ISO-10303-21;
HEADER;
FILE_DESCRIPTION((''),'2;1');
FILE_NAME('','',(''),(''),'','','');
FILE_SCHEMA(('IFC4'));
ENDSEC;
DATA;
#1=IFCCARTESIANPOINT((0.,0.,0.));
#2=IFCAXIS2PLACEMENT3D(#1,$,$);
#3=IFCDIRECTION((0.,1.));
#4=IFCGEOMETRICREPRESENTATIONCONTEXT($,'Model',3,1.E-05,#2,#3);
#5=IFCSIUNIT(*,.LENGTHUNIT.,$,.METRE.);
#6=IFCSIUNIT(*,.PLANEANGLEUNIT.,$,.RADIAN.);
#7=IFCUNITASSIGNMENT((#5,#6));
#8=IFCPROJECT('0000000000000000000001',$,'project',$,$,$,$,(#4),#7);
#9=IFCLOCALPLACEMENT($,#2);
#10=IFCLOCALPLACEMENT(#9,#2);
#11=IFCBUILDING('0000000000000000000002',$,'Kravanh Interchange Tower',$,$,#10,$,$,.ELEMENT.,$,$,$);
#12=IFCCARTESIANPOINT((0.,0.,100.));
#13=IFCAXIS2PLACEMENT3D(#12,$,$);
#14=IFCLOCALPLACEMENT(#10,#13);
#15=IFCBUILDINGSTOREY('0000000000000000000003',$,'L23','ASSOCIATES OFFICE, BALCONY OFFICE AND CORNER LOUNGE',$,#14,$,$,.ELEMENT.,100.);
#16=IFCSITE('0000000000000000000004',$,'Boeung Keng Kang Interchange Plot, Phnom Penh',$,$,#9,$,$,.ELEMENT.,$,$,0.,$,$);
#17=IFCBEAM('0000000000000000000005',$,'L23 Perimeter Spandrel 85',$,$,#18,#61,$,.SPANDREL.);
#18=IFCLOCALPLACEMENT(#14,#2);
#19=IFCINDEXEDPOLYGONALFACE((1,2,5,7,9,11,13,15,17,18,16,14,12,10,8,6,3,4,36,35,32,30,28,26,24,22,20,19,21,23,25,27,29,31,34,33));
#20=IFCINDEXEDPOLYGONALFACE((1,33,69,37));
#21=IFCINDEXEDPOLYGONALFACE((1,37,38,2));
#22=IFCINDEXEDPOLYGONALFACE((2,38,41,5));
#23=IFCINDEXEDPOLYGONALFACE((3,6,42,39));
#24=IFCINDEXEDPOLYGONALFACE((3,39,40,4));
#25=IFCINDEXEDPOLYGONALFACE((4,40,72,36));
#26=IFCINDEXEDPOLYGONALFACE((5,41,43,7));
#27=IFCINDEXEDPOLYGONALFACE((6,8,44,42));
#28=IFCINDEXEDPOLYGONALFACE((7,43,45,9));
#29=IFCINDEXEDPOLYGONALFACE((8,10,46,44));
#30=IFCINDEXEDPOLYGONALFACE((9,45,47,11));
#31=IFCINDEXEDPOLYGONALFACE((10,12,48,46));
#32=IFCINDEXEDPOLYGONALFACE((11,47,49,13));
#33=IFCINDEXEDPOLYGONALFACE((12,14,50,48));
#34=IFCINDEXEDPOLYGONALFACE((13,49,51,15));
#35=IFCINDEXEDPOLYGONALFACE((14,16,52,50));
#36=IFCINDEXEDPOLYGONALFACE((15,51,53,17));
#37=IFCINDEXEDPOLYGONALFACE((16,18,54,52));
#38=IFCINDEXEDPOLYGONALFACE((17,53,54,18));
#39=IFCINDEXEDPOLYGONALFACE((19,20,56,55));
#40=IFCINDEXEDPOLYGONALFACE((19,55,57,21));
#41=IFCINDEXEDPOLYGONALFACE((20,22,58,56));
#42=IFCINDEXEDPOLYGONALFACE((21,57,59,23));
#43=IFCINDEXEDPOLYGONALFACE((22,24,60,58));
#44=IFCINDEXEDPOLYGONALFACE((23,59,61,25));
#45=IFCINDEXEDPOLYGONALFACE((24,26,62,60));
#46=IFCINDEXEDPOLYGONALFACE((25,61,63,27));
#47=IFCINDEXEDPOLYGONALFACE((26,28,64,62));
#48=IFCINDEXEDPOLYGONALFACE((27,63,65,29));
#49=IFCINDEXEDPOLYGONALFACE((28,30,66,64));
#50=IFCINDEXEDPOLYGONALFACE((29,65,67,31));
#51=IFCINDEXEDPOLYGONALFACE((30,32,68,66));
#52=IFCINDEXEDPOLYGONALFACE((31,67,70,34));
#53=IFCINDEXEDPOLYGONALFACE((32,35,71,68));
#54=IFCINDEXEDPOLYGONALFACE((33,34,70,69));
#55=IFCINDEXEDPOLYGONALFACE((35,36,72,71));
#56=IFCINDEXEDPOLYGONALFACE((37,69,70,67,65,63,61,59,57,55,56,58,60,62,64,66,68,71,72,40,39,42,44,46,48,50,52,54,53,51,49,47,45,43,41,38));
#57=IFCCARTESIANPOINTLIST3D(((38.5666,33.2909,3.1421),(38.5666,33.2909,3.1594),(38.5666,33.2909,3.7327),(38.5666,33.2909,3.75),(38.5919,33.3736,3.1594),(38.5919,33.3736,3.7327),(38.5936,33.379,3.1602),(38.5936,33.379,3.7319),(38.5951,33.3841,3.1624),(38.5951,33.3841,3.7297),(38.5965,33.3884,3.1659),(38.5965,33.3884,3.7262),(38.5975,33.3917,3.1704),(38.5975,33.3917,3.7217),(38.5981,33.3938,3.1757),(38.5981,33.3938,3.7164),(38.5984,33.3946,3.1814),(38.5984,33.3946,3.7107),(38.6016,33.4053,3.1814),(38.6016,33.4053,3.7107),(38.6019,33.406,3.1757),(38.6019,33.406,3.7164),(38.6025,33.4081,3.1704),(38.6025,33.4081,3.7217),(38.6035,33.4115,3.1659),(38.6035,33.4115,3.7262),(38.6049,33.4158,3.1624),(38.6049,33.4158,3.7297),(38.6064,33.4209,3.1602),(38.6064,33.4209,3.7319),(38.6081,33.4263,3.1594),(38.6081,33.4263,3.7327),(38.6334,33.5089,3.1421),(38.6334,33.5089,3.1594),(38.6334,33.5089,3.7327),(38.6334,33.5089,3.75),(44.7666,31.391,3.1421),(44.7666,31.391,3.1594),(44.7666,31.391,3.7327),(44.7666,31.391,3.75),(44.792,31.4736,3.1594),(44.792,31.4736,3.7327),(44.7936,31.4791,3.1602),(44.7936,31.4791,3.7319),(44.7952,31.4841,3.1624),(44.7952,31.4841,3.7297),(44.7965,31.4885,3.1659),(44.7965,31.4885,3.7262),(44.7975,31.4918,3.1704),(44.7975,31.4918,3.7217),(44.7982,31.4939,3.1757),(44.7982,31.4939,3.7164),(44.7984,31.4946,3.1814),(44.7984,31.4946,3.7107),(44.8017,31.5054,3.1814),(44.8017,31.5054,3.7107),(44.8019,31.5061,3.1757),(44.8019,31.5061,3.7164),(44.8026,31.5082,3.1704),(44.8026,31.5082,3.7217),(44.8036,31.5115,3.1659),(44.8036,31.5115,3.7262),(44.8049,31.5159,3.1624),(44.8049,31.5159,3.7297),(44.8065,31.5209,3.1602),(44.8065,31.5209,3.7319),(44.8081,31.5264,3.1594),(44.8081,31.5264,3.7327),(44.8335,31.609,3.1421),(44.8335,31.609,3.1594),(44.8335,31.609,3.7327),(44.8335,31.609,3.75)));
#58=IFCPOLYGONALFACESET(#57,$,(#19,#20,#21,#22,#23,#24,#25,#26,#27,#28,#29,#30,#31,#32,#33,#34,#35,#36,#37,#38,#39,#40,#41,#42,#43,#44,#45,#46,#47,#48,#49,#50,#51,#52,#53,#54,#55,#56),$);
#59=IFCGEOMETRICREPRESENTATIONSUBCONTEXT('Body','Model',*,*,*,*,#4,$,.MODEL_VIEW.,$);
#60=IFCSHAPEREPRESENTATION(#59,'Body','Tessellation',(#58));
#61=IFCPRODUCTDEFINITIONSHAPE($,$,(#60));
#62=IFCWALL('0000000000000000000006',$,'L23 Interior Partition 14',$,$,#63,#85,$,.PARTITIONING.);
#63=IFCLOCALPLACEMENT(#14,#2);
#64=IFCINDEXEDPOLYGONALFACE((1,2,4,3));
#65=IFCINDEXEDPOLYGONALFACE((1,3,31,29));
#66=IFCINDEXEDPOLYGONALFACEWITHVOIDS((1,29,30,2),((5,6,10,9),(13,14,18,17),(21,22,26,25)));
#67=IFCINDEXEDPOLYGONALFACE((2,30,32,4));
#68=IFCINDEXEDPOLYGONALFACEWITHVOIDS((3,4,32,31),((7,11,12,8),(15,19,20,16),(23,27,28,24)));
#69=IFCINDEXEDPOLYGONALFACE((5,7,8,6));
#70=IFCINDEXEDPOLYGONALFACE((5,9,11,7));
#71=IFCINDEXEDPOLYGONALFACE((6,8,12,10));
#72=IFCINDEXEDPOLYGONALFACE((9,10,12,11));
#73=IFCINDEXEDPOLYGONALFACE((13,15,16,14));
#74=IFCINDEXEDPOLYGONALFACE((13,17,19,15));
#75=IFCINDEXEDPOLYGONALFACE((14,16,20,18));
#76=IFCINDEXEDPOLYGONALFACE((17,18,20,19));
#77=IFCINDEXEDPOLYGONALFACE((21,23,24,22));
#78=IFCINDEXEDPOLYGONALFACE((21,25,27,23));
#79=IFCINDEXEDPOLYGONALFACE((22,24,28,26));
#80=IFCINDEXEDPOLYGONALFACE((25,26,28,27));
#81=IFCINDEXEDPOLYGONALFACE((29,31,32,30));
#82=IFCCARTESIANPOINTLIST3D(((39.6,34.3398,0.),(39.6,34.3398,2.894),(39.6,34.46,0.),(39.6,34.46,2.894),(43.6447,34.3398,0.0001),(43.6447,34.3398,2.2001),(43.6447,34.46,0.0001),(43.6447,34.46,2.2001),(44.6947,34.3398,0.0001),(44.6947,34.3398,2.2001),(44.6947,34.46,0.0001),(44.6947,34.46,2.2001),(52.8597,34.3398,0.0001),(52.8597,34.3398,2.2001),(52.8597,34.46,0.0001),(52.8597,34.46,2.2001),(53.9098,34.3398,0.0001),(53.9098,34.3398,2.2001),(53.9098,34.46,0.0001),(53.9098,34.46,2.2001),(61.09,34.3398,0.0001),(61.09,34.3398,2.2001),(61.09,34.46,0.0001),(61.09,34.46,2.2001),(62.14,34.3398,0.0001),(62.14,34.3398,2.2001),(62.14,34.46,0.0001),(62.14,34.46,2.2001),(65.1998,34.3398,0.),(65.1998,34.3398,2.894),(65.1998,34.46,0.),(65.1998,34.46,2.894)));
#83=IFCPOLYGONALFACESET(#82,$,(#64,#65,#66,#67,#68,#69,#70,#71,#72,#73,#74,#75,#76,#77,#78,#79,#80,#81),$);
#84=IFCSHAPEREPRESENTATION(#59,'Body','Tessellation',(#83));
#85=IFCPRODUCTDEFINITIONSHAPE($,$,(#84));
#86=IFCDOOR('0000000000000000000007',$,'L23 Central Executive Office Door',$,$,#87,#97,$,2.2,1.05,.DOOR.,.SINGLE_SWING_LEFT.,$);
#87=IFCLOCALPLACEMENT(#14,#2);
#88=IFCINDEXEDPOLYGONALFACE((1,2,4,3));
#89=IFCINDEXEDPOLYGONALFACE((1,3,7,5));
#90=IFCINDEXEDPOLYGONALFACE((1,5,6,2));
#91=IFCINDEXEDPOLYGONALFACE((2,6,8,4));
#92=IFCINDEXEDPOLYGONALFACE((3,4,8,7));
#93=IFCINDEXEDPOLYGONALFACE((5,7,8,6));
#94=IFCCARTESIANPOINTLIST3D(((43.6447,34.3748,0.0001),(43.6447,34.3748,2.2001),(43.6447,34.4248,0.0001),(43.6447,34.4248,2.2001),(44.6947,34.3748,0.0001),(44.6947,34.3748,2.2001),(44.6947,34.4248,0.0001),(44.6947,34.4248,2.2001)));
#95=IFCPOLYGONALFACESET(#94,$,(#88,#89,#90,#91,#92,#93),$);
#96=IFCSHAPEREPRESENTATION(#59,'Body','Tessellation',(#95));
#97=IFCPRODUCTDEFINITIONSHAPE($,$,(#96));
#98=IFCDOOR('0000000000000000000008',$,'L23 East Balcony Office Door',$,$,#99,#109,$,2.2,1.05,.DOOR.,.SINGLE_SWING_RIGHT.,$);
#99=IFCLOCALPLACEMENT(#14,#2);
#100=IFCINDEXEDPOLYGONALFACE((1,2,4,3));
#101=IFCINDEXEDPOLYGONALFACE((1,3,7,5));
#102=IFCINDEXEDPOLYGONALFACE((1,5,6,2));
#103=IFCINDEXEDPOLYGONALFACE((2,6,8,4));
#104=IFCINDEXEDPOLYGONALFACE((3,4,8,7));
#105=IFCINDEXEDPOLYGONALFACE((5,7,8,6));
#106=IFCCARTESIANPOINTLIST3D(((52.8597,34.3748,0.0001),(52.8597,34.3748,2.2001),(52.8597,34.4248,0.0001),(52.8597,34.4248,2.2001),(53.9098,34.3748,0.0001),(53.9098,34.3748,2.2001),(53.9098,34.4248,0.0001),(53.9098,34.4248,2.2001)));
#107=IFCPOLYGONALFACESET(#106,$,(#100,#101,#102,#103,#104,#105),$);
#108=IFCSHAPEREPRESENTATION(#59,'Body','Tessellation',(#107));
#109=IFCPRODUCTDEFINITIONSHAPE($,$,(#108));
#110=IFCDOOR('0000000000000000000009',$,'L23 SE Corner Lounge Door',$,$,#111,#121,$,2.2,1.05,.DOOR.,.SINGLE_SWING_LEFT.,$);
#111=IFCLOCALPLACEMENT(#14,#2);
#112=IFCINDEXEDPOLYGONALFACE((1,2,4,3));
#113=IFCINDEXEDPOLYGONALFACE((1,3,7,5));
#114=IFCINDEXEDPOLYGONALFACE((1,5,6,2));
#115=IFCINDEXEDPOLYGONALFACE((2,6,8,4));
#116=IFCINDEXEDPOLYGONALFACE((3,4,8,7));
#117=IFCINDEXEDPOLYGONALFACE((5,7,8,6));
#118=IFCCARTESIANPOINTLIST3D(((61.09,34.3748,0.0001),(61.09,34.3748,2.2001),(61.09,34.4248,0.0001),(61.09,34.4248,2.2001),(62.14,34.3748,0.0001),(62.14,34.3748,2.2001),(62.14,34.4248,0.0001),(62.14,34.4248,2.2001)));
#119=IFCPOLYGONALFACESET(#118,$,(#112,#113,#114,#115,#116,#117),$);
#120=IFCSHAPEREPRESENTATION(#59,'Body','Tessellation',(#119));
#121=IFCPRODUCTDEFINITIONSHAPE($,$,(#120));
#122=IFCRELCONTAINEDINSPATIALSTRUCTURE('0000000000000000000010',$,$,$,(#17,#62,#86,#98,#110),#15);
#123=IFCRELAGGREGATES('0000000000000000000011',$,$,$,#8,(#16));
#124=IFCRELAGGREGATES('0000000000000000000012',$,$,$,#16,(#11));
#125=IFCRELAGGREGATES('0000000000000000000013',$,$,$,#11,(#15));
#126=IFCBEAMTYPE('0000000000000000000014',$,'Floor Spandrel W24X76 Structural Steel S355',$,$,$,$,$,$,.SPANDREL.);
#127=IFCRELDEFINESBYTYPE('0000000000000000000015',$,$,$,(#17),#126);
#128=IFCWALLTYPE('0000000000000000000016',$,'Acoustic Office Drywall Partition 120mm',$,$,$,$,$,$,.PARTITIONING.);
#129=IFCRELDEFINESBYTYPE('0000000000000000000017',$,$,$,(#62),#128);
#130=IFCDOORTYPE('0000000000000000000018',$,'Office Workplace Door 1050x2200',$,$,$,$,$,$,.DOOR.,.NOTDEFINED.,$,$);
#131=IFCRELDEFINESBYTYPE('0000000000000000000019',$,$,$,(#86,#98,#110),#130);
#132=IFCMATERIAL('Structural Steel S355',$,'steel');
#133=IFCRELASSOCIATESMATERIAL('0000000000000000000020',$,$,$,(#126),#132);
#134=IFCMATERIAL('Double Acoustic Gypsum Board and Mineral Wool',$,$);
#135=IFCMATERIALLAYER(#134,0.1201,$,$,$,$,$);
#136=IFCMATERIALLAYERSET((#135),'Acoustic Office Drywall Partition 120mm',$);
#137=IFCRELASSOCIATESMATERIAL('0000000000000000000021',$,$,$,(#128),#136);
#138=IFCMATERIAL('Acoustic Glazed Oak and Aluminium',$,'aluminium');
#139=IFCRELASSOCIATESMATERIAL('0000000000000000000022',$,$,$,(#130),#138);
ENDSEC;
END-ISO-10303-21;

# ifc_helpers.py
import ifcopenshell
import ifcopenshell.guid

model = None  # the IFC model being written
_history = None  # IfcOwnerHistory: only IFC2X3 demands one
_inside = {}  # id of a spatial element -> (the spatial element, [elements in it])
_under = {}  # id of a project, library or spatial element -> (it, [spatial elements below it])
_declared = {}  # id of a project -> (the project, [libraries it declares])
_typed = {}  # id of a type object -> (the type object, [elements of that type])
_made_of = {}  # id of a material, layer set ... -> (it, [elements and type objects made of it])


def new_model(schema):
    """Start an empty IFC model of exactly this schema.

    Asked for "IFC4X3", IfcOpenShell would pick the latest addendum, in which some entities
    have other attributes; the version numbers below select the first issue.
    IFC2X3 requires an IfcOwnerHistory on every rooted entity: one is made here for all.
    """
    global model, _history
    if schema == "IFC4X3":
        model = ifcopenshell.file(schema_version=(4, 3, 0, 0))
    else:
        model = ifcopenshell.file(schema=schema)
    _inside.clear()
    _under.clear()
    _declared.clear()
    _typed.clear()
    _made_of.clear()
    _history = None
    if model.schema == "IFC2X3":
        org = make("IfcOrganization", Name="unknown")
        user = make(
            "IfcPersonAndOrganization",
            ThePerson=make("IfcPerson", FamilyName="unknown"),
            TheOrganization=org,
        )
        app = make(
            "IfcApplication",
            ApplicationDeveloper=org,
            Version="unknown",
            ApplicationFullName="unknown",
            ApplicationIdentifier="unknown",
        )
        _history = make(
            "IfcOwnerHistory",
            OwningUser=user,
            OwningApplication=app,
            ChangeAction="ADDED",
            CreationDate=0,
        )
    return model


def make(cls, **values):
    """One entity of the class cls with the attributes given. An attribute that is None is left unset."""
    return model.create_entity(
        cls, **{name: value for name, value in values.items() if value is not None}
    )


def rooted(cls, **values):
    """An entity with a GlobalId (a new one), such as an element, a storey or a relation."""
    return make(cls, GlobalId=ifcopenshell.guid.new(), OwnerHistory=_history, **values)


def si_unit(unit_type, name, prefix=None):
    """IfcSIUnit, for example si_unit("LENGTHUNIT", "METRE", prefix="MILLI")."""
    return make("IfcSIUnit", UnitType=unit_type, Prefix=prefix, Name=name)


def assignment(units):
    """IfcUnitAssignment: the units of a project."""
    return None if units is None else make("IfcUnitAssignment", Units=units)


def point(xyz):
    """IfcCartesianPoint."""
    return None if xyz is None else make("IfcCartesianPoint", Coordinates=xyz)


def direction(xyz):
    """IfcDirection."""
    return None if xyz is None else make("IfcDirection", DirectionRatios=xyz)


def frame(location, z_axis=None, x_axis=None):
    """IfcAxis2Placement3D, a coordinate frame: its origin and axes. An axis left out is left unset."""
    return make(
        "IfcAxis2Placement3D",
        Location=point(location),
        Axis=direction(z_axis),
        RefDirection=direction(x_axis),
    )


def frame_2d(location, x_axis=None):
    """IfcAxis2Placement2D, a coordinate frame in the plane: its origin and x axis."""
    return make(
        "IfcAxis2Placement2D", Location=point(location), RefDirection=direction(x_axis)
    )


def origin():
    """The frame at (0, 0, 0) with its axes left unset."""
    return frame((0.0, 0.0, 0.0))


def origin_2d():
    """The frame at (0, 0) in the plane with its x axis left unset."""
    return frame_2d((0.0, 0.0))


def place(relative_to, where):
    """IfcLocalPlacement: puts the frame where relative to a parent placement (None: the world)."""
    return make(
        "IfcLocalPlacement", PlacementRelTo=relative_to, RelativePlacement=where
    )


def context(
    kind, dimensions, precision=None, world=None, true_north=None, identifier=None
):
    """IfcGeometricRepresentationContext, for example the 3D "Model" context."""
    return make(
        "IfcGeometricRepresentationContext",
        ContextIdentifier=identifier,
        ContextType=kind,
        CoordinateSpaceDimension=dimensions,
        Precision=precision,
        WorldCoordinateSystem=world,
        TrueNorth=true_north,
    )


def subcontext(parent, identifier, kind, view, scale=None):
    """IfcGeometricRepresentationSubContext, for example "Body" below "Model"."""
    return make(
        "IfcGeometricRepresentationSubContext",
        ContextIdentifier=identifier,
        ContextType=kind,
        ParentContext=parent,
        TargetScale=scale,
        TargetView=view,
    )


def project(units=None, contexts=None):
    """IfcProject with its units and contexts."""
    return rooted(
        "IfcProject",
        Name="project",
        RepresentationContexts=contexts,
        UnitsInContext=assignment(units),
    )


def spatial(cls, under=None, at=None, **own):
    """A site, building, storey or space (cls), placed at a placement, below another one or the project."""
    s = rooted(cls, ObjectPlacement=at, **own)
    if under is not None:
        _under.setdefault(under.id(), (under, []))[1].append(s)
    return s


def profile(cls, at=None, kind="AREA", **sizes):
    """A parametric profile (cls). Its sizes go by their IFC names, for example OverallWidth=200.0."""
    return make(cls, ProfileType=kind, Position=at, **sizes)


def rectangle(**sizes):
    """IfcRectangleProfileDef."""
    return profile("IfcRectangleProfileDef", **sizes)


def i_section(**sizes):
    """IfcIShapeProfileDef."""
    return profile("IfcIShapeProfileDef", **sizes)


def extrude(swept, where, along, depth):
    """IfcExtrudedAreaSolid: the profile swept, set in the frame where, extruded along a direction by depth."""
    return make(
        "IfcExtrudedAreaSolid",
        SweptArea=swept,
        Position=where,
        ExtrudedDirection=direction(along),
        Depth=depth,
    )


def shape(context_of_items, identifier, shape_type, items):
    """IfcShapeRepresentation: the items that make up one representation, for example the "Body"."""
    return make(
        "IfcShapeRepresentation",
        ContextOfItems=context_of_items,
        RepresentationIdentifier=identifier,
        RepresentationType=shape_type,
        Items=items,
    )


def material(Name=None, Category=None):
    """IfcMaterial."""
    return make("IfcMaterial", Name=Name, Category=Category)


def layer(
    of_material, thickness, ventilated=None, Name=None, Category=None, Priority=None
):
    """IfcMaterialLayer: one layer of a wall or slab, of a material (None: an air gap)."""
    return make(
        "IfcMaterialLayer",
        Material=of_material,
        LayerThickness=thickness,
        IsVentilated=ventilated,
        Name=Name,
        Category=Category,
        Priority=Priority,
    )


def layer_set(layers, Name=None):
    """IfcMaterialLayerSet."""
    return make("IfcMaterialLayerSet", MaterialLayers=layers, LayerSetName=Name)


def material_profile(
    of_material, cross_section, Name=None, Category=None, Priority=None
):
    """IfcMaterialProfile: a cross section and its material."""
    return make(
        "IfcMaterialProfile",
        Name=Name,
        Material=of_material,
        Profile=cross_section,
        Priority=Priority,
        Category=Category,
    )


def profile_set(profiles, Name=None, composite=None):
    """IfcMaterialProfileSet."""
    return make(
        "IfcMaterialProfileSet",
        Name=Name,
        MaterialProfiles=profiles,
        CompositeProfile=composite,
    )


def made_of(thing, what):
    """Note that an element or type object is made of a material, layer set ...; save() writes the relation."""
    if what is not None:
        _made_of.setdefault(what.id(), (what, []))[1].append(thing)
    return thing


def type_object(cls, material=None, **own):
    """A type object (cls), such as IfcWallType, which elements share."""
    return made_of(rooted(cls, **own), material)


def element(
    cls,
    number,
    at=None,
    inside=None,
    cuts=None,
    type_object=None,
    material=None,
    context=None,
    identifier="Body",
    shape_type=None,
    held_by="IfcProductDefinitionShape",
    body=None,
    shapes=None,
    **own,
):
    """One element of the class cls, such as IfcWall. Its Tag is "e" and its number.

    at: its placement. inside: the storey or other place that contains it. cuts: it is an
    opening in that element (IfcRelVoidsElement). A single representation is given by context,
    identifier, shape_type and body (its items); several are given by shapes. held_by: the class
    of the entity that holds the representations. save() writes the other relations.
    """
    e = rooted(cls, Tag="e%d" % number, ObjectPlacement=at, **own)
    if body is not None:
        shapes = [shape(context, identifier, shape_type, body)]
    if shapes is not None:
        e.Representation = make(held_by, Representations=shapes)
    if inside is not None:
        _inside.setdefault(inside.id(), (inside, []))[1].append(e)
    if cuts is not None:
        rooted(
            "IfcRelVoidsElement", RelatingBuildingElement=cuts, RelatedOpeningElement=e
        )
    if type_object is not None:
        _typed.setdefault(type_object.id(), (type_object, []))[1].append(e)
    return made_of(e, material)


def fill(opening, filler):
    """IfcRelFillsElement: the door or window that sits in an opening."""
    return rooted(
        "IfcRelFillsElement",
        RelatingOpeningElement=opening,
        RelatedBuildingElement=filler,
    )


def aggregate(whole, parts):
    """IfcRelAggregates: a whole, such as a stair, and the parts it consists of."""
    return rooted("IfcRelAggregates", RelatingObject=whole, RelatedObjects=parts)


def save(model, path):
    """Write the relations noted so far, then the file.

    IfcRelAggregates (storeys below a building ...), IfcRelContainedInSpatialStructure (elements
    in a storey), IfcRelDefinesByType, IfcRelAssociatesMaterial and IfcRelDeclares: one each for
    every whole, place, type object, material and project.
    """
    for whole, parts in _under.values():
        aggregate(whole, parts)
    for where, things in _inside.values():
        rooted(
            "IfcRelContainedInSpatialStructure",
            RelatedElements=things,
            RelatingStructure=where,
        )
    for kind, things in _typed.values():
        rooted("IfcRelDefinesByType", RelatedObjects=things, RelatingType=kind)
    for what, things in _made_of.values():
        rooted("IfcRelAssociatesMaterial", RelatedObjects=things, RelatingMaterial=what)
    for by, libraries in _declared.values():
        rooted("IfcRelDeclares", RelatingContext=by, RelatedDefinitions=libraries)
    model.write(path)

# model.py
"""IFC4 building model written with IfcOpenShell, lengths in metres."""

from ifc_helpers import new_model, si_unit, direction, frame, frame_2d, origin, origin_2d, place, context, subcontext, project, spatial, rectangle, i_section, extrude, material, layer, layer_set, material_profile, profile_set, type_object, element, fill, save


model = new_model("IFC4")

# Units and contexts
model_context = context("Model", 3, precision=1e-05, world=origin(), true_north=direction((0.0, 1.0)))
body_context = subcontext(model_context, "Body", "Model", "MODEL_VIEW")
ifc_project = project(units=[si_unit("LENGTHUNIT", "METRE"), si_unit("PLANEANGLEUNIT", "RADIAN")], contexts=[model_context])

# Site, building, storey
site_placement = place(None, origin())
site = spatial("IfcSite", under=ifc_project, at=site_placement, Name="Boeung Keng Kang Interchange Plot, Phnom Penh", CompositionType="ELEMENT", RefElevation=0.0)
building_placement = place(site_placement, origin())
building = spatial("IfcBuilding", under=site, at=building_placement, Name="Kravanh Interchange Tower", CompositionType="ELEMENT")
storey_placement = place(building_placement, frame((0.0, 0.0, 100.0)))
storey = spatial("IfcBuildingStorey", under=building, at=storey_placement, Name="L23", Description="ASSOCIATES OFFICE, BALCONY OFFICE AND CORNER LOUNGE", CompositionType="ELEMENT", Elevation=100.0)

# Beam
ifc_material_1 = material(Name="Structural Steel S355", Category="steel")
ifc_material_profile_1 = material_profile(ifc_material_1, i_section(OverallWidth=0.228, OverallDepth=0.6079, WebThickness=0.0112, FlangeThickness=0.0173, FilletRadius=0.022, at=origin_2d()), Name="W24X76")
ifc_profile_set_1 = profile_set([ifc_material_profile_1], Name="Structural Steel S355")
beam_type_1 = type_object("IfcBeamType", Name="Floor Spandrel W24X76 Structural Steel S355", PredefinedType="SPANDREL", material=ifc_profile_set_1)
beam_1_placement = place(storey_placement, frame((44.8, 31.5, 3.446), z_axis=(-0.956115, 0.29299, 0.0), x_axis=(-0.29299, -0.956115, 0.0)))
element("IfcBeam", 1, at=beam_1_placement, inside=storey, type_object=beam_type_1, Name="L23 Perimeter Spandrel 85", PredefinedType="SPANDREL", context=body_context, shape_type="SweptSolid", body=[
    extrude(i_section(OverallWidth=0.228, OverallDepth=0.6079, WebThickness=0.0112, FlangeThickness=0.0173, FilletRadius=0.022, at=origin_2d()), origin(), (0.0, 0.0, 1.0), 6.4846),
])

# Wall, openings, doors
ifc_material_2 = material(Name="Double Acoustic Gypsum Board and Mineral Wool")
ifc_layer = layer(ifc_material_2, 0.1201)
ifc_layer_set = layer_set([ifc_layer], Name="Acoustic Office Drywall Partition 120mm")
wall_type = type_object("IfcWallType", Name="Acoustic Office Drywall Partition 120mm", PredefinedType="PARTITIONING", material=ifc_layer_set)
wall_placement = place(storey_placement, frame((39.6001, 34.3999, 0.0), z_axis=(0.0, 0.0, 1.0), x_axis=(1.0, 0.0, 0.0)))
wall = element("IfcWall", 2, at=wall_placement, inside=storey, type_object=wall_type, Name="L23 Interior Partition 14", PredefinedType="PARTITIONING", context=body_context, shape_type="SweptSolid", body=[
    extrude(rectangle(XDim=25.5999, YDim=0.1201, at=frame_2d((12.7998, 0.0))), origin(), (0.0, 0.0, 1.0), 2.894),
])
opening_1_placement = place(wall_placement, frame((4.0447, 0.0, 0.0)))
opening_1 = element("IfcOpeningElement", 3, at=opening_1_placement, cuts=wall, PredefinedType="OPENING", context=body_context, shape_type="SweptSolid", body=[
    extrude(rectangle(XDim=1.05, YDim=2.2, at=frame_2d((0.5249, 1.1001))), frame((0.0, 0.0701, 0.0), z_axis=(0.0, -1.0, 0.0), x_axis=(1.0, 0.0, 0.0)), (0.0, 0.0, 1.0), 0.1401),
])
opening_2_placement = place(wall_placement, frame((13.2598, 0.0, 0.0)))
opening_2 = element("IfcOpeningElement", 4, at=opening_2_placement, cuts=wall, PredefinedType="OPENING", context=body_context, shape_type="SweptSolid", body=[
    extrude(rectangle(XDim=1.05, YDim=2.2, at=frame_2d((0.5249, 1.1001))), frame((0.0, 0.0701, 0.0), z_axis=(0.0, -1.0, 0.0), x_axis=(1.0, 0.0, 0.0)), (0.0, 0.0, 1.0), 0.1401),
])
opening_3_placement = place(wall_placement, frame((21.49, 0.0, 0.0)))
opening_3 = element("IfcOpeningElement", 5, at=opening_3_placement, cuts=wall, PredefinedType="OPENING", context=body_context, shape_type="SweptSolid", body=[
    extrude(rectangle(XDim=1.05, YDim=2.2, at=frame_2d((0.5249, 1.1001))), frame((0.0, 0.0701, 0.0), z_axis=(0.0, -1.0, 0.0), x_axis=(1.0, 0.0, 0.0)), (0.0, 0.0, 1.0), 0.1401),
])
ifc_material_3 = material(Name="Acoustic Glazed Oak and Aluminium", Category="aluminium")
door_type = type_object("IfcDoorType", Name="Office Workplace Door 1050x2200", OperationType="NOTDEFINED", PredefinedType="DOOR", material=ifc_material_3)
door_1_placement = place(opening_1_placement, origin())
door_1 = element("IfcDoor", 6, at=door_1_placement, inside=storey, type_object=door_type, Name="L23 Central Executive Office Door", OperationType="SINGLE_SWING_LEFT", OverallHeight=2.2, OverallWidth=1.05, PredefinedType="DOOR", context=body_context, shape_type="SweptSolid", body=[
    extrude(rectangle(XDim=1.05, YDim=2.2, at=frame_2d((0.5249, 1.1001))), frame((0.0, 0.0249, 0.0), z_axis=(0.0, -1.0, 0.0), x_axis=(1.0, 0.0, 0.0)), (0.0, 0.0, 1.0), 0.05),
])
fill(opening_1, door_1)
door_2_placement = place(opening_2_placement, origin())
door_2 = element("IfcDoor", 7, at=door_2_placement, inside=storey, type_object=door_type, Name="L23 East Balcony Office Door", OperationType="SINGLE_SWING_RIGHT", OverallHeight=2.2, OverallWidth=1.05, PredefinedType="DOOR", context=body_context, shape_type="SweptSolid", body=[
    extrude(rectangle(XDim=1.05, YDim=2.2, at=frame_2d((0.5249, 1.1001))), frame((0.0, 0.0249, 0.0), z_axis=(0.0, -1.0, 0.0), x_axis=(1.0, 0.0, 0.0)), (0.0, 0.0, 1.0), 0.05),
])
fill(opening_2, door_2)
door_3_placement = place(opening_3_placement, origin())
door_3 = element("IfcDoor", 8, at=door_3_placement, inside=storey, type_object=door_type, Name="L23 SE Corner Lounge Door", OperationType="SINGLE_SWING_LEFT", OverallHeight=2.2, OverallWidth=1.05, PredefinedType="DOOR", context=body_context, shape_type="SweptSolid", body=[
    extrude(rectangle(XDim=1.05, YDim=2.2, at=frame_2d((0.5249, 1.1001))), frame((0.0, 0.0249, 0.0), z_axis=(0.0, -1.0, 0.0), x_axis=(1.0, 0.0, 0.0)), (0.0, 0.0, 1.0), 0.05),
])
fill(opening_3, door_3)

save(model, "model.ifc")
